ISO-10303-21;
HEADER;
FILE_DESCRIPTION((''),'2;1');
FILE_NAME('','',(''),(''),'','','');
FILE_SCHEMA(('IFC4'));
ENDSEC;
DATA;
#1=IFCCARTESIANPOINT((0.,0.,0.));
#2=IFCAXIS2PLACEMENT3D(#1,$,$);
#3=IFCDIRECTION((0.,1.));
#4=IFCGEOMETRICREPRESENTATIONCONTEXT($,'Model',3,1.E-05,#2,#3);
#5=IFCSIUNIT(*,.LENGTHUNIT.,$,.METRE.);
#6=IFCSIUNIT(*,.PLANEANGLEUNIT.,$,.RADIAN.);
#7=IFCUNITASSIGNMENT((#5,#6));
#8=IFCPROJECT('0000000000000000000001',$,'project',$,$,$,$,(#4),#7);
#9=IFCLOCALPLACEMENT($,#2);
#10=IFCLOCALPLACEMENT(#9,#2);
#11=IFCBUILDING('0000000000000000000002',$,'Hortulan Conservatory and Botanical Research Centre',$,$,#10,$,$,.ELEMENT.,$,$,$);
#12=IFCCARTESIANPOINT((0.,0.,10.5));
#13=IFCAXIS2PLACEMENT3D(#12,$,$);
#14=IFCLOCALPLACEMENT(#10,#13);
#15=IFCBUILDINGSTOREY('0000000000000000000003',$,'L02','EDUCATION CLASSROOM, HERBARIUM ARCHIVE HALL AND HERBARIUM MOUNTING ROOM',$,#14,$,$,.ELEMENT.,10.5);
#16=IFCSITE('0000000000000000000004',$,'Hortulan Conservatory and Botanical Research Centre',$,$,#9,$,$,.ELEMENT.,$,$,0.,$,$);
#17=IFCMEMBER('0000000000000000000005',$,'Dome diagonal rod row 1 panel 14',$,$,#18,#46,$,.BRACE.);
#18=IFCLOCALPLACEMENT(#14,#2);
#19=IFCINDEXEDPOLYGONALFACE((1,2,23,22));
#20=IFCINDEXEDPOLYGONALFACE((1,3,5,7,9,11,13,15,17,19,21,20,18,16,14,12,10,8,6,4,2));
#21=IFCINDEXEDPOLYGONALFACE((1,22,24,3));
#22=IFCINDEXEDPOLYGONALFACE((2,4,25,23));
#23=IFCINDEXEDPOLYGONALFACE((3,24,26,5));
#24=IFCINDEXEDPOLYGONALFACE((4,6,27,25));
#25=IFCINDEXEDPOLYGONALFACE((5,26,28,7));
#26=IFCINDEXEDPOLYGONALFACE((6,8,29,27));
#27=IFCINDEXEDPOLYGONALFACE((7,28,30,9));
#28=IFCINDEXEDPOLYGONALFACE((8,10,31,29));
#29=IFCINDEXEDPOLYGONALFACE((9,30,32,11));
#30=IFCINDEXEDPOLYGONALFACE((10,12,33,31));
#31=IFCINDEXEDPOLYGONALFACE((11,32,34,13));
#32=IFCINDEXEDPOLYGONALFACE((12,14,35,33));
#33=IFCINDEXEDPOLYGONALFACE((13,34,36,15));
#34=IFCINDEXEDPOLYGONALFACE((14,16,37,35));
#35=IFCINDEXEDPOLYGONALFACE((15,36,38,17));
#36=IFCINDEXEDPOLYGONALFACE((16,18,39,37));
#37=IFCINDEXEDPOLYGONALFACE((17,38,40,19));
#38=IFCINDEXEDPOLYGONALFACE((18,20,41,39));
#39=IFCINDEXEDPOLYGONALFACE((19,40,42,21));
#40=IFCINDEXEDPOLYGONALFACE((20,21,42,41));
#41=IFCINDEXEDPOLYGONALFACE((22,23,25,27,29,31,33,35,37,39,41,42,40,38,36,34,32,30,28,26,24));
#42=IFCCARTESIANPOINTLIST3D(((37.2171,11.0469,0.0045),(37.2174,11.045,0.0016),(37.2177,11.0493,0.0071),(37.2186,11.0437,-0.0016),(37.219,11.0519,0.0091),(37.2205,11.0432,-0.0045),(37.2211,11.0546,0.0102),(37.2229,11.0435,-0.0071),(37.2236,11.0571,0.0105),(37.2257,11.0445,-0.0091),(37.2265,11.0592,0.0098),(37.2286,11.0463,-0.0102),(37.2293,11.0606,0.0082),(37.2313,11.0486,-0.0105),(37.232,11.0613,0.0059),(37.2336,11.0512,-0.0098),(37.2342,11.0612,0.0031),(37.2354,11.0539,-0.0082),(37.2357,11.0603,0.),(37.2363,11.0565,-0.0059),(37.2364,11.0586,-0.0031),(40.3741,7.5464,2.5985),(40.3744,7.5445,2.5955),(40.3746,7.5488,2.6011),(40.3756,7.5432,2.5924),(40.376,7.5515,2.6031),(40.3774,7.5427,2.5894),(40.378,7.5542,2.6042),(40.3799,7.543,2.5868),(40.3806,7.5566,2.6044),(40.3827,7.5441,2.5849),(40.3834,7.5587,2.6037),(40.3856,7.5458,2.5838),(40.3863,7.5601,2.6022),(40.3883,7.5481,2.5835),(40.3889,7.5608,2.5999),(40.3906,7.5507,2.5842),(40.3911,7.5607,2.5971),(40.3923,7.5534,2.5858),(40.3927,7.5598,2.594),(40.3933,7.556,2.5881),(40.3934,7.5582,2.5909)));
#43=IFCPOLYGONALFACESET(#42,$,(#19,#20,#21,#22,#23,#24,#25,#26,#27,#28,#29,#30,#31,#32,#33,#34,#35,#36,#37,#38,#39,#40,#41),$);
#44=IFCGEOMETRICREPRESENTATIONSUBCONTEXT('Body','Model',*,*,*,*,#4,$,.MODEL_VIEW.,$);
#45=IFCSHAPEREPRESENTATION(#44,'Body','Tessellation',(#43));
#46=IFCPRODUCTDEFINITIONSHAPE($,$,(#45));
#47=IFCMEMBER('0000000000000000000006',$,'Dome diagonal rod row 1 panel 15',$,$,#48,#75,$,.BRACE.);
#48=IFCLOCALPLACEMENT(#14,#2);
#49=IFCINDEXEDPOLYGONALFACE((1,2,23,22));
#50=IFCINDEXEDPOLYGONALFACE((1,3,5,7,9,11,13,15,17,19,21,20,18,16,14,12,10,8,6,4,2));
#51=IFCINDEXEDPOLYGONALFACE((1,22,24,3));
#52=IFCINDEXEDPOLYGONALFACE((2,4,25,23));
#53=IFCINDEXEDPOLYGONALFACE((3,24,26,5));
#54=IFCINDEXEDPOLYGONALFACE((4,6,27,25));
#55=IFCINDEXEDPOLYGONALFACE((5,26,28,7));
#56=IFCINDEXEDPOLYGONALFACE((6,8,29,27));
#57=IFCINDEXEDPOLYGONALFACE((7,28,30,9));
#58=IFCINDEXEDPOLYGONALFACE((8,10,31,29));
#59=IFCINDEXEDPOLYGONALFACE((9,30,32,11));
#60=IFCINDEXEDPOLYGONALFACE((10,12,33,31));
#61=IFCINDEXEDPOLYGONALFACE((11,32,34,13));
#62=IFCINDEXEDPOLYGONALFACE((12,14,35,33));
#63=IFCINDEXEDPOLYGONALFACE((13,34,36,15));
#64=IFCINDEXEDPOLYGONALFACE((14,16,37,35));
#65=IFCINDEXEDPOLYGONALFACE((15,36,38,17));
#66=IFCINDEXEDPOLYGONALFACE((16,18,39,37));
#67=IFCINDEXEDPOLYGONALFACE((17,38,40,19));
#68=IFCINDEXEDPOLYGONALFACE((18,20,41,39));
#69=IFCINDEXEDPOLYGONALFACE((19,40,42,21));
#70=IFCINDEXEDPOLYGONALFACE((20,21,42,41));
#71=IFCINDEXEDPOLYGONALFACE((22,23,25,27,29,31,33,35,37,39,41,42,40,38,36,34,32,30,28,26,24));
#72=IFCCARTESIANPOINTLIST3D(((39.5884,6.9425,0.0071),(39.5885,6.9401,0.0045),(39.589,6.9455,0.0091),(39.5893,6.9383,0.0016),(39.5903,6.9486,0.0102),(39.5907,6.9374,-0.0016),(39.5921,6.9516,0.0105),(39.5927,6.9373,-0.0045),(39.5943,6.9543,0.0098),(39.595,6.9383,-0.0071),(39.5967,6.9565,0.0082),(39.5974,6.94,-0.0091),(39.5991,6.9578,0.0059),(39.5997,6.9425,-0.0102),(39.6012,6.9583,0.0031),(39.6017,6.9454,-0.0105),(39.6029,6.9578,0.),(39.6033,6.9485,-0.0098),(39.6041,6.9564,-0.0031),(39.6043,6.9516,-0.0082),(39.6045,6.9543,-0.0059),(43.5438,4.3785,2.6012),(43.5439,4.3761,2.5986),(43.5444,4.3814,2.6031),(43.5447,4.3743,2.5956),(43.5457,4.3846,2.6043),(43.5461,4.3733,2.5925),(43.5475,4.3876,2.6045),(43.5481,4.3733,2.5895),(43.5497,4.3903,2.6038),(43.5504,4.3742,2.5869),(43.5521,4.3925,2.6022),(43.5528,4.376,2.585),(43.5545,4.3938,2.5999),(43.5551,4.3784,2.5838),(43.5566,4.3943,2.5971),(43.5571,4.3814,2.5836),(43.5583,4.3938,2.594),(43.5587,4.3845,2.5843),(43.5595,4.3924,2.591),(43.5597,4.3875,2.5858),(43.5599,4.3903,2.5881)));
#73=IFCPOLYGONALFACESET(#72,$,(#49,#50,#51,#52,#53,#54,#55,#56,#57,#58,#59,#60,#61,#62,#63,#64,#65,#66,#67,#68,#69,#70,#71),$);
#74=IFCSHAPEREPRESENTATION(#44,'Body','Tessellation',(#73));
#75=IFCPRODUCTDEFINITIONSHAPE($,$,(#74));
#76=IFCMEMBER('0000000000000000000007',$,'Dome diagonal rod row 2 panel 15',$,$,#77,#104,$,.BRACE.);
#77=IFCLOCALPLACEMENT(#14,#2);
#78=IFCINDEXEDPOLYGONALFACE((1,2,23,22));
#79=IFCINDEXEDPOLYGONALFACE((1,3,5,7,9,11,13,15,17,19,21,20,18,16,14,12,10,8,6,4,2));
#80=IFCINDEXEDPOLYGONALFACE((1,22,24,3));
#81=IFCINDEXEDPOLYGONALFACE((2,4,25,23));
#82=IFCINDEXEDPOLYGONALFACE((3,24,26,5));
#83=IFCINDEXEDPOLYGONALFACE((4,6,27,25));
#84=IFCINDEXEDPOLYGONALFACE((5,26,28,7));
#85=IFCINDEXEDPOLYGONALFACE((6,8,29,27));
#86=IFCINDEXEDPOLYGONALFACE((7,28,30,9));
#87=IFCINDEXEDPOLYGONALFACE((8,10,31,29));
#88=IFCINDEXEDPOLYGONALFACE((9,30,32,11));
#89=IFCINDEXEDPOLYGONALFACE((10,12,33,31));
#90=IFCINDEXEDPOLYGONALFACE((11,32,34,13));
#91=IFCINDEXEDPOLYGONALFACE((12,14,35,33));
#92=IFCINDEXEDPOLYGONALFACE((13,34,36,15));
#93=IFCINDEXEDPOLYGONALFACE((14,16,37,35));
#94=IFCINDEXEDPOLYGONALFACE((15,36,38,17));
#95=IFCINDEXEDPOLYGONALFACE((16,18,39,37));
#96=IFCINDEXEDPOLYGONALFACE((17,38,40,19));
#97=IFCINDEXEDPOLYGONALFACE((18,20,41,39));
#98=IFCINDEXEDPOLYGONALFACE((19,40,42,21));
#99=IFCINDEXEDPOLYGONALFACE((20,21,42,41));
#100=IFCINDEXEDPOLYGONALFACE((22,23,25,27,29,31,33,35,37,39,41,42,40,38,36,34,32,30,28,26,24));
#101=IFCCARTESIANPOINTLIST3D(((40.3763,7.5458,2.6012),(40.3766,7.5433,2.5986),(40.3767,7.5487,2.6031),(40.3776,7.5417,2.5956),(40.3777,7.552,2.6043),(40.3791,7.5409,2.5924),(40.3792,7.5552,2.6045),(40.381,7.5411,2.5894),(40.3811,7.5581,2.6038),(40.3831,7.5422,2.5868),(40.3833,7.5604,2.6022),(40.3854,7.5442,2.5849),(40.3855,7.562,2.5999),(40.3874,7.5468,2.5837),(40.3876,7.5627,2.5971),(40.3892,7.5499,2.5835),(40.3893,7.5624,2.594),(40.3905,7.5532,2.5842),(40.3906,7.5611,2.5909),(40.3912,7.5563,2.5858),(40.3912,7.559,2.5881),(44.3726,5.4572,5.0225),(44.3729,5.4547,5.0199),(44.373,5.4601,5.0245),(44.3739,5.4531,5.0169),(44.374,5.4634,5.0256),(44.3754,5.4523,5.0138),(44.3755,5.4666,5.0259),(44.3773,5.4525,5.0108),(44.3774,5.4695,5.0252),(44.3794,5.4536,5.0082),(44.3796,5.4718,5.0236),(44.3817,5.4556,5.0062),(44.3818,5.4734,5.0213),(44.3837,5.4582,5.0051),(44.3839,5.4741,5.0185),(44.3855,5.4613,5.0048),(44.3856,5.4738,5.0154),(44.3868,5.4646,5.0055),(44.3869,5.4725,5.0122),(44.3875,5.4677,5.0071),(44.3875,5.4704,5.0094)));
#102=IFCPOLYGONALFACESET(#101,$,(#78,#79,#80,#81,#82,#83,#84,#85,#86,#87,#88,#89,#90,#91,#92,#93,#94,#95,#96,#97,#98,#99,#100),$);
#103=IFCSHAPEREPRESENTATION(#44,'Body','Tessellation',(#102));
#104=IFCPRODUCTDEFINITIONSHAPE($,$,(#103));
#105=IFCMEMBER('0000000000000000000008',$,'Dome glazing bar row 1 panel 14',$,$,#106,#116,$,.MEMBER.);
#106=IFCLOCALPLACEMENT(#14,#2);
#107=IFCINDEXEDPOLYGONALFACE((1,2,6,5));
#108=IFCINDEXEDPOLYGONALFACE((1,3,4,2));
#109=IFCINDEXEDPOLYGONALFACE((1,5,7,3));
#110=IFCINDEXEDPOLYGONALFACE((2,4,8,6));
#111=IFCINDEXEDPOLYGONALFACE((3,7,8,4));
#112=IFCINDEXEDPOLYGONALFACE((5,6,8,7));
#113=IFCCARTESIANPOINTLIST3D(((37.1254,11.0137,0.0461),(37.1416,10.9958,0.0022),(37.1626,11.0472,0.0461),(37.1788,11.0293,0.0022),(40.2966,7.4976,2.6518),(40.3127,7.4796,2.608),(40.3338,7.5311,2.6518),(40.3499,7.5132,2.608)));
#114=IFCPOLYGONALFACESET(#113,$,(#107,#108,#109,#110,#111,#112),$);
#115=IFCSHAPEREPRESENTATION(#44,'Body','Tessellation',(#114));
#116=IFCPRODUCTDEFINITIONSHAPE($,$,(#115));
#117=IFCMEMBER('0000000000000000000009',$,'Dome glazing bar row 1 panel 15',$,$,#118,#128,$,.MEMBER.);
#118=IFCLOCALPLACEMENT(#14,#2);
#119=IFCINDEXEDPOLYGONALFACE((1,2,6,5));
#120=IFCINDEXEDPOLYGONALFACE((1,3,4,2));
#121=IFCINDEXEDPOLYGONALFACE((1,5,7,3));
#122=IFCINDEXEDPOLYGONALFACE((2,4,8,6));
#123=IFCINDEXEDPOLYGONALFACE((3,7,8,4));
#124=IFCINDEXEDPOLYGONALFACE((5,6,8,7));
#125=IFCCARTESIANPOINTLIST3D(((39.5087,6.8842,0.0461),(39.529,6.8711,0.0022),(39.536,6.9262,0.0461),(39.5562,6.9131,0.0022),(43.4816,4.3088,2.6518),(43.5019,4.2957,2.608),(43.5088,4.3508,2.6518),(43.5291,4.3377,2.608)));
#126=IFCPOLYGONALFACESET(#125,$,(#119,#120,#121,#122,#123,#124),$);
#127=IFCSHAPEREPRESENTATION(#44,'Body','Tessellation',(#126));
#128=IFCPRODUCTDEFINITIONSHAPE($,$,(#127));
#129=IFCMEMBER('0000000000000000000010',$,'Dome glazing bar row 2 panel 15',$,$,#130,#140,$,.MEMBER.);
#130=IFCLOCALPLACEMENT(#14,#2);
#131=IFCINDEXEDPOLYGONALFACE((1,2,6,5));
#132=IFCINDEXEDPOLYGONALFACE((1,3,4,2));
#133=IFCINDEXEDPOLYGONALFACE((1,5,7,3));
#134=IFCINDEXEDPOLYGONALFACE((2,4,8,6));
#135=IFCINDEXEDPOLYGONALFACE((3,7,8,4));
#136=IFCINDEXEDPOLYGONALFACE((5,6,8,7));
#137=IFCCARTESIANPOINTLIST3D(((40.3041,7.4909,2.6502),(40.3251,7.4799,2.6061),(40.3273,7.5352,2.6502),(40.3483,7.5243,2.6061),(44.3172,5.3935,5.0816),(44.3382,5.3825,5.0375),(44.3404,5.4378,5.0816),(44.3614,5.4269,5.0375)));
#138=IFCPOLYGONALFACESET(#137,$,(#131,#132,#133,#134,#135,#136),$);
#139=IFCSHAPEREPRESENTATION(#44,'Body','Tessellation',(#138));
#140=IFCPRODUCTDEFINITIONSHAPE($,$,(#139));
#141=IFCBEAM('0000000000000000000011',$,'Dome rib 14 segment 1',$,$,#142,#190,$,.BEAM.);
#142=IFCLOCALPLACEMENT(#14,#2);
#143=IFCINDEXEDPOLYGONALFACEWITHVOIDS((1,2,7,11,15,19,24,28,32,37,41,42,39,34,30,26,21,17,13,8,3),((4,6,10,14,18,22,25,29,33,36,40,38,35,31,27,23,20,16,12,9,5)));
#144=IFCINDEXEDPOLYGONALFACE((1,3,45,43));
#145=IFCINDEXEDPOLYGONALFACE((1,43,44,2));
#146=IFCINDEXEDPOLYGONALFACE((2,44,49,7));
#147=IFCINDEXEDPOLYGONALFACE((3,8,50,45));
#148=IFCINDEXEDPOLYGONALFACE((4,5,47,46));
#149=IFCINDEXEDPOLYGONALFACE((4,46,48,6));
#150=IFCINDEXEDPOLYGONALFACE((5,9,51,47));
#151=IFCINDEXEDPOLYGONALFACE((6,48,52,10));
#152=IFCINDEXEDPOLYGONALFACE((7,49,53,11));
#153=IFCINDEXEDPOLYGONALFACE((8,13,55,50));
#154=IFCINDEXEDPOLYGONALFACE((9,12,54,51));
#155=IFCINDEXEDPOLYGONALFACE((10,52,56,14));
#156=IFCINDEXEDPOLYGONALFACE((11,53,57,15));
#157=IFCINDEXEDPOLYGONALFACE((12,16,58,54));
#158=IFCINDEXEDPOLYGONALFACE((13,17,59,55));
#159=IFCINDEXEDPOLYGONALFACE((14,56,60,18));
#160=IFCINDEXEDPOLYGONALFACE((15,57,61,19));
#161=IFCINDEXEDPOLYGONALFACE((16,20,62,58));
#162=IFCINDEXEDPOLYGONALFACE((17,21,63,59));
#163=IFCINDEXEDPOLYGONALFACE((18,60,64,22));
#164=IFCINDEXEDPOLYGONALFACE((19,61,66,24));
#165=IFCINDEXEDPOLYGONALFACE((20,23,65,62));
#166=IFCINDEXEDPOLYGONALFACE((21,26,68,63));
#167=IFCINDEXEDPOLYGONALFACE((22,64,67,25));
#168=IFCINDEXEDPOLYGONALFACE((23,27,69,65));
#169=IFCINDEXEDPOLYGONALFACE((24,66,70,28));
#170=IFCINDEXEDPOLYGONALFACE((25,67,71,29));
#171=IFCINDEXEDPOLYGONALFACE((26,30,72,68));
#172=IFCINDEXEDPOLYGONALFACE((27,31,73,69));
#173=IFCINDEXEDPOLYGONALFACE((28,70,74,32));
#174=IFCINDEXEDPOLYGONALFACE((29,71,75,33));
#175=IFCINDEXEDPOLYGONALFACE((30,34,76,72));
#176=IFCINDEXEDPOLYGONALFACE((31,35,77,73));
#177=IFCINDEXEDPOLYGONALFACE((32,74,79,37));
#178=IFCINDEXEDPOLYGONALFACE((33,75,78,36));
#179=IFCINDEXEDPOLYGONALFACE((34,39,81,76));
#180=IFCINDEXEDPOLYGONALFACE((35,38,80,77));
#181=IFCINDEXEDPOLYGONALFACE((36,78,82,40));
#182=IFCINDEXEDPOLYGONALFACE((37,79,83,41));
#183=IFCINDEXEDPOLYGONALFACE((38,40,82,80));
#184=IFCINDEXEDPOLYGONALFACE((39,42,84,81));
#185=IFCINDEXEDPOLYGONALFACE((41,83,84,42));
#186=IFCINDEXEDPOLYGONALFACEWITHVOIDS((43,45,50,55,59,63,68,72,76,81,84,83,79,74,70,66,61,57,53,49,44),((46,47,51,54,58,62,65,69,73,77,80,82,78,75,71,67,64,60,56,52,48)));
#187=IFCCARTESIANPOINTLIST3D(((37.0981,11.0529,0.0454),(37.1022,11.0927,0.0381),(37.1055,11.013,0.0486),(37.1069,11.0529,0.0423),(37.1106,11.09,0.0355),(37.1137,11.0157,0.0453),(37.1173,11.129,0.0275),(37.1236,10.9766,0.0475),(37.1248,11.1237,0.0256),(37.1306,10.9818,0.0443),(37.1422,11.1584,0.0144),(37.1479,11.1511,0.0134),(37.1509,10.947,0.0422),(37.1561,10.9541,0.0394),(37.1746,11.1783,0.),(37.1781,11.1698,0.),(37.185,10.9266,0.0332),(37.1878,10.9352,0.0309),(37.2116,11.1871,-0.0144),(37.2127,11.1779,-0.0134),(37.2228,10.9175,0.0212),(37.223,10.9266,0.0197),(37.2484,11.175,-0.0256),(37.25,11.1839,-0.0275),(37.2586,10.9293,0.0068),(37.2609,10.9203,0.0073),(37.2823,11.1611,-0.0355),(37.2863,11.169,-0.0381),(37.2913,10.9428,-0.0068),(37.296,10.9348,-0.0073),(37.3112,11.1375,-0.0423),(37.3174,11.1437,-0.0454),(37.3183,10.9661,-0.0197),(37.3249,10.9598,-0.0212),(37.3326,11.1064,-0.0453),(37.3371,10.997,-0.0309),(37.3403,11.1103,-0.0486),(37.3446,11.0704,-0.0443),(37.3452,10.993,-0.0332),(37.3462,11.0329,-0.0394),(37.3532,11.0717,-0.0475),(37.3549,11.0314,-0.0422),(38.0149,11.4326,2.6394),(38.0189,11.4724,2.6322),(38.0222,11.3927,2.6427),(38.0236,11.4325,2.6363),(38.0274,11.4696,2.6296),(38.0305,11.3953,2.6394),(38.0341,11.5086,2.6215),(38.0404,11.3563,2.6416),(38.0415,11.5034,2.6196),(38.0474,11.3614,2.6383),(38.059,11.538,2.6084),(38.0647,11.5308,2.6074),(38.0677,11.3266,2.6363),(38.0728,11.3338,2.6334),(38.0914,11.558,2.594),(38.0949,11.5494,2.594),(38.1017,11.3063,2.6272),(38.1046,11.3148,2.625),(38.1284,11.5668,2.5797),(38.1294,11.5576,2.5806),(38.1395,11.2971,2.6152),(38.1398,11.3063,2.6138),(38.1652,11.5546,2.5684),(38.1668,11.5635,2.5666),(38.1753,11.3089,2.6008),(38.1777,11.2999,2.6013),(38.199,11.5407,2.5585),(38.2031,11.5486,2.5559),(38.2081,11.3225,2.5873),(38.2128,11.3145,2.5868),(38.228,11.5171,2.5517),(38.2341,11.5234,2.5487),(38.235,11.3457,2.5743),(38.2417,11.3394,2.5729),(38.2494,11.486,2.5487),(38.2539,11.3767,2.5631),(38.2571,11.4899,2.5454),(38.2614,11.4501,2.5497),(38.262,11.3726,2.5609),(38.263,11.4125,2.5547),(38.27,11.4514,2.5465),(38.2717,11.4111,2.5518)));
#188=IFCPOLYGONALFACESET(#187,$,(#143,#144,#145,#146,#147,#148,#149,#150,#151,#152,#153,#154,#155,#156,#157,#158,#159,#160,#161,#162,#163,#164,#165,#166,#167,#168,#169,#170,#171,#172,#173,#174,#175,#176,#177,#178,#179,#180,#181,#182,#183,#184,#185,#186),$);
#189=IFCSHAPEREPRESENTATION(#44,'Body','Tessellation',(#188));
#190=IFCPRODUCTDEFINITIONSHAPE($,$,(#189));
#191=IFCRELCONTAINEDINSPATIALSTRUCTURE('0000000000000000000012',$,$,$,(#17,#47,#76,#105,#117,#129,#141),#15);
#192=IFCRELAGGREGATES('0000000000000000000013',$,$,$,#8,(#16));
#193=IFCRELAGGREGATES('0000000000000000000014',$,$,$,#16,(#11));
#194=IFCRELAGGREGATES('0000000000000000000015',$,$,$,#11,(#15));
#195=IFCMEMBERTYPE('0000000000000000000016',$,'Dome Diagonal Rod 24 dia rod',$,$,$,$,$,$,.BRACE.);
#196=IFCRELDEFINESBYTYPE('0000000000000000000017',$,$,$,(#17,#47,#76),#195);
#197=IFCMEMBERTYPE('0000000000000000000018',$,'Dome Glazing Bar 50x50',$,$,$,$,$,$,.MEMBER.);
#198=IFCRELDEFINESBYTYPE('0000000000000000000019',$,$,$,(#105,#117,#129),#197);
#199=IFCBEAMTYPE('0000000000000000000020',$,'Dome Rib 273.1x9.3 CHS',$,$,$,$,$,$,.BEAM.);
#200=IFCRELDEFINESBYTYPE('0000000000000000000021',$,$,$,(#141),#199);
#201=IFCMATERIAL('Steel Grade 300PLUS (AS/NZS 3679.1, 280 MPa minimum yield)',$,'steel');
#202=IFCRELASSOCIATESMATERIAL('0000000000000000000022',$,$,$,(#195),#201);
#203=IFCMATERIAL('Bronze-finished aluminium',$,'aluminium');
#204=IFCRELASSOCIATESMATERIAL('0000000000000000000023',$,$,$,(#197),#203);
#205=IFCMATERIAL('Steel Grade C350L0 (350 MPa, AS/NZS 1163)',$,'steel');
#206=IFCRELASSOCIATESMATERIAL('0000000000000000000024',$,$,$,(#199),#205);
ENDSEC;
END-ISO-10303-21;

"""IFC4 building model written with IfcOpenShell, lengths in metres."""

from ifc_helpers import new_model, si_unit, direction, frame, origin, origin_2d, place, context, subcontext, project, spatial, rectangle, circle, hollow_circle, extrude, material, material_profile, profile_set, type_object, element, save


model = new_model("IFC4")

# Units and contexts
model_context = context("Model", 3, precision=1e-05, world=origin(), true_north=direction((0.0, 1.0)))
body_context = subcontext(model_context, "Body", "Model", "MODEL_VIEW")
ifc_project = project(units=[si_unit("LENGTHUNIT", "METRE"), si_unit("PLANEANGLEUNIT", "RADIAN")], contexts=[model_context])

# Site, building, storey
site_placement = place(None, origin())
site = spatial("IfcSite", under=ifc_project, at=site_placement, Name="Hortulan Conservatory and Botanical Research Centre", CompositionType="ELEMENT", RefElevation=0.0)
building_placement = place(site_placement, origin())
building = spatial("IfcBuilding", under=site, at=building_placement, Name="Hortulan Conservatory and Botanical Research Centre", CompositionType="ELEMENT")
storey_placement = place(building_placement, frame((0.0, 0.0, 10.5)))
storey = spatial("IfcBuildingStorey", under=building, at=storey_placement, Name="L02", Description="EDUCATION CLASSROOM, HERBARIUM ARCHIVE HALL AND HERBARIUM MOUNTING ROOM", CompositionType="ELEMENT", Elevation=10.5)

# Members
ifc_material_1 = material(Name="Steel Grade 300PLUS (AS/NZS 3679.1, 280 MPa minimum yield)", Category="steel")
ifc_material_profile_1 = material_profile(ifc_material_1, circle(Radius=0.012, at=origin_2d()), Name="24 dia rod")
ifc_profile_set_1 = profile_set([ifc_material_profile_1], Name="Steel Grade 300PLUS (AS/NZS 3679.1, 280 MPa minimum yield)")
member_type_1 = type_object("IfcMemberType", Name="Dome Diagonal Rod 24 dia rod", PredefinedType="BRACE", material=ifc_profile_set_1)
for number, where, z_axis, x_axis, name in (
    (1, (37.2268, 11.0522, 0.0), (0.586755, -0.650599, 0.482119), (0.742604, 0.669731, 0.0), "Dome diagonal rod row 1 panel 14"),
    (2, (39.5964, 6.9478, 0.0), (0.735153, -0.47655, 0.482131), (0.543945, 0.839121, 0.0), "Dome diagonal rod row 1 panel 15"),
):
    element("IfcMember", number, at=place(storey_placement, frame(where, z_axis=z_axis, x_axis=x_axis)), inside=storey, type_object=member_type_1, Name=name, PredefinedType="BRACE", context=body_context, shape_type="SweptSolid", body=[
        extrude(circle(Radius=0.012, at=origin_2d()), origin(), (0.0, 0.0, 1.0), 5.3804),
    ])
member_1_placement = place(storey_placement, frame((40.3838, 7.5518, 2.594), z_axis=(0.780806, -0.408076, 0.473092), x_axis=(0.463189, 0.886259, 0.0)))
element("IfcMember", 3, at=member_1_placement, inside=storey, type_object=member_type_1, Name="Dome diagonal rod row 2 panel 15", PredefinedType="BRACE", context=body_context, shape_type="SweptSolid", body=[
    extrude(circle(Radius=0.012, at=origin_2d()), origin(), (0.0, 0.0, 1.0), 5.1182),
])
ifc_material_2 = material(Name="Bronze-finished aluminium", Category="aluminium")
ifc_material_profile_2 = material_profile(ifc_material_2, rectangle(XDim=0.05, YDim=0.05, at=origin_2d()), Name="Square bar 50x50")
ifc_profile_set_2 = profile_set([ifc_material_profile_2], Name="Bronze-finished aluminium")
member_type_2 = type_object("IfcMemberType", Name="Dome Glazing Bar 50x50", PredefinedType="MEMBER", material=ifc_profile_set_2)
member_2_placement = place(storey_placement, frame((37.1521, 11.0215, 0.0242), z_axis=(0.586756, -0.650586, 0.482135), x_axis=(0.742596, 0.669739, 0.0)))
element("IfcMember", 4, at=member_2_placement, inside=storey, type_object=member_type_2, Name="Dome glazing bar row 1 panel 14", PredefinedType="MEMBER", context=body_context, shape_type="SweptSolid", body=[
    extrude(rectangle(XDim=0.05, YDim=0.05, at=origin_2d()), origin(), (0.0, 0.0, 1.0), 5.4045),
])
member_3_placement = place(storey_placement, frame((39.5325, 6.8987, 0.0242), z_axis=(0.735136, -0.476553, 0.482155), x_axis=(0.543957, 0.839113, 0.0)))
element("IfcMember", 5, at=member_3_placement, inside=storey, type_object=member_type_2, Name="Dome glazing bar row 1 panel 15", PredefinedType="MEMBER", context=body_context, shape_type="SweptSolid", body=[
    extrude(rectangle(XDim=0.05, YDim=0.05, at=origin_2d()), origin(), (0.0, 0.0, 1.0), 5.4043),
])
member_4_placement = place(storey_placement, frame((40.3262, 7.5076, 2.6282), z_axis=(0.780821, -0.408081, 0.473062), x_axis=(0.463187, 0.886261, 0.0)))
element("IfcMember", 6, at=member_4_placement, inside=storey, type_object=member_type_2, Name="Dome glazing bar row 2 panel 15", PredefinedType="MEMBER", context=body_context, shape_type="SweptSolid", body=[
    extrude(rectangle(XDim=0.05, YDim=0.05, at=origin_2d()), origin(), (0.0, 0.0, 1.0), 5.1396),
])

# Beam
ifc_material_3 = material(Name="Steel Grade C350L0 (350 MPa, AS/NZS 1163)", Category="steel")
ifc_material_profile_3 = material_profile(ifc_material_3, hollow_circle(Radius=0.1365, WallThickness=0.0093, at=origin_2d()), Name="273.1x9.3CHS")
ifc_profile_set_3 = profile_set([ifc_material_profile_3], Name="Steel Grade C350L0 (350 MPa, AS/NZS 1163)")
beam_type_1 = type_object("IfcBeamType", Name="Dome Rib 273.1x9.3 CHS", PredefinedType="BEAM", material=ifc_profile_set_3)
for number, where, z_axis, x_axis, name in (
    (7, (37.2268, 11.0522, 0.0), (0.330087, 0.136694, 0.934001), (-0.382605, 0.923912, 0.0), "Dome rib 14 segment 1"),
):
    element("IfcBeam", number, at=place(storey_placement, frame(where, z_axis=z_axis, x_axis=x_axis)), inside=storey, type_object=beam_type_1, Name=name, PredefinedType="BEAM", context=body_context, shape_type="SweptSolid", body=[
        extrude(hollow_circle(Radius=0.1365, WallThickness=0.0093, at=origin_2d()), origin(), (0.0, 0.0, 1.0), 2.7773),
    ])

save(model, "model.ifc")
